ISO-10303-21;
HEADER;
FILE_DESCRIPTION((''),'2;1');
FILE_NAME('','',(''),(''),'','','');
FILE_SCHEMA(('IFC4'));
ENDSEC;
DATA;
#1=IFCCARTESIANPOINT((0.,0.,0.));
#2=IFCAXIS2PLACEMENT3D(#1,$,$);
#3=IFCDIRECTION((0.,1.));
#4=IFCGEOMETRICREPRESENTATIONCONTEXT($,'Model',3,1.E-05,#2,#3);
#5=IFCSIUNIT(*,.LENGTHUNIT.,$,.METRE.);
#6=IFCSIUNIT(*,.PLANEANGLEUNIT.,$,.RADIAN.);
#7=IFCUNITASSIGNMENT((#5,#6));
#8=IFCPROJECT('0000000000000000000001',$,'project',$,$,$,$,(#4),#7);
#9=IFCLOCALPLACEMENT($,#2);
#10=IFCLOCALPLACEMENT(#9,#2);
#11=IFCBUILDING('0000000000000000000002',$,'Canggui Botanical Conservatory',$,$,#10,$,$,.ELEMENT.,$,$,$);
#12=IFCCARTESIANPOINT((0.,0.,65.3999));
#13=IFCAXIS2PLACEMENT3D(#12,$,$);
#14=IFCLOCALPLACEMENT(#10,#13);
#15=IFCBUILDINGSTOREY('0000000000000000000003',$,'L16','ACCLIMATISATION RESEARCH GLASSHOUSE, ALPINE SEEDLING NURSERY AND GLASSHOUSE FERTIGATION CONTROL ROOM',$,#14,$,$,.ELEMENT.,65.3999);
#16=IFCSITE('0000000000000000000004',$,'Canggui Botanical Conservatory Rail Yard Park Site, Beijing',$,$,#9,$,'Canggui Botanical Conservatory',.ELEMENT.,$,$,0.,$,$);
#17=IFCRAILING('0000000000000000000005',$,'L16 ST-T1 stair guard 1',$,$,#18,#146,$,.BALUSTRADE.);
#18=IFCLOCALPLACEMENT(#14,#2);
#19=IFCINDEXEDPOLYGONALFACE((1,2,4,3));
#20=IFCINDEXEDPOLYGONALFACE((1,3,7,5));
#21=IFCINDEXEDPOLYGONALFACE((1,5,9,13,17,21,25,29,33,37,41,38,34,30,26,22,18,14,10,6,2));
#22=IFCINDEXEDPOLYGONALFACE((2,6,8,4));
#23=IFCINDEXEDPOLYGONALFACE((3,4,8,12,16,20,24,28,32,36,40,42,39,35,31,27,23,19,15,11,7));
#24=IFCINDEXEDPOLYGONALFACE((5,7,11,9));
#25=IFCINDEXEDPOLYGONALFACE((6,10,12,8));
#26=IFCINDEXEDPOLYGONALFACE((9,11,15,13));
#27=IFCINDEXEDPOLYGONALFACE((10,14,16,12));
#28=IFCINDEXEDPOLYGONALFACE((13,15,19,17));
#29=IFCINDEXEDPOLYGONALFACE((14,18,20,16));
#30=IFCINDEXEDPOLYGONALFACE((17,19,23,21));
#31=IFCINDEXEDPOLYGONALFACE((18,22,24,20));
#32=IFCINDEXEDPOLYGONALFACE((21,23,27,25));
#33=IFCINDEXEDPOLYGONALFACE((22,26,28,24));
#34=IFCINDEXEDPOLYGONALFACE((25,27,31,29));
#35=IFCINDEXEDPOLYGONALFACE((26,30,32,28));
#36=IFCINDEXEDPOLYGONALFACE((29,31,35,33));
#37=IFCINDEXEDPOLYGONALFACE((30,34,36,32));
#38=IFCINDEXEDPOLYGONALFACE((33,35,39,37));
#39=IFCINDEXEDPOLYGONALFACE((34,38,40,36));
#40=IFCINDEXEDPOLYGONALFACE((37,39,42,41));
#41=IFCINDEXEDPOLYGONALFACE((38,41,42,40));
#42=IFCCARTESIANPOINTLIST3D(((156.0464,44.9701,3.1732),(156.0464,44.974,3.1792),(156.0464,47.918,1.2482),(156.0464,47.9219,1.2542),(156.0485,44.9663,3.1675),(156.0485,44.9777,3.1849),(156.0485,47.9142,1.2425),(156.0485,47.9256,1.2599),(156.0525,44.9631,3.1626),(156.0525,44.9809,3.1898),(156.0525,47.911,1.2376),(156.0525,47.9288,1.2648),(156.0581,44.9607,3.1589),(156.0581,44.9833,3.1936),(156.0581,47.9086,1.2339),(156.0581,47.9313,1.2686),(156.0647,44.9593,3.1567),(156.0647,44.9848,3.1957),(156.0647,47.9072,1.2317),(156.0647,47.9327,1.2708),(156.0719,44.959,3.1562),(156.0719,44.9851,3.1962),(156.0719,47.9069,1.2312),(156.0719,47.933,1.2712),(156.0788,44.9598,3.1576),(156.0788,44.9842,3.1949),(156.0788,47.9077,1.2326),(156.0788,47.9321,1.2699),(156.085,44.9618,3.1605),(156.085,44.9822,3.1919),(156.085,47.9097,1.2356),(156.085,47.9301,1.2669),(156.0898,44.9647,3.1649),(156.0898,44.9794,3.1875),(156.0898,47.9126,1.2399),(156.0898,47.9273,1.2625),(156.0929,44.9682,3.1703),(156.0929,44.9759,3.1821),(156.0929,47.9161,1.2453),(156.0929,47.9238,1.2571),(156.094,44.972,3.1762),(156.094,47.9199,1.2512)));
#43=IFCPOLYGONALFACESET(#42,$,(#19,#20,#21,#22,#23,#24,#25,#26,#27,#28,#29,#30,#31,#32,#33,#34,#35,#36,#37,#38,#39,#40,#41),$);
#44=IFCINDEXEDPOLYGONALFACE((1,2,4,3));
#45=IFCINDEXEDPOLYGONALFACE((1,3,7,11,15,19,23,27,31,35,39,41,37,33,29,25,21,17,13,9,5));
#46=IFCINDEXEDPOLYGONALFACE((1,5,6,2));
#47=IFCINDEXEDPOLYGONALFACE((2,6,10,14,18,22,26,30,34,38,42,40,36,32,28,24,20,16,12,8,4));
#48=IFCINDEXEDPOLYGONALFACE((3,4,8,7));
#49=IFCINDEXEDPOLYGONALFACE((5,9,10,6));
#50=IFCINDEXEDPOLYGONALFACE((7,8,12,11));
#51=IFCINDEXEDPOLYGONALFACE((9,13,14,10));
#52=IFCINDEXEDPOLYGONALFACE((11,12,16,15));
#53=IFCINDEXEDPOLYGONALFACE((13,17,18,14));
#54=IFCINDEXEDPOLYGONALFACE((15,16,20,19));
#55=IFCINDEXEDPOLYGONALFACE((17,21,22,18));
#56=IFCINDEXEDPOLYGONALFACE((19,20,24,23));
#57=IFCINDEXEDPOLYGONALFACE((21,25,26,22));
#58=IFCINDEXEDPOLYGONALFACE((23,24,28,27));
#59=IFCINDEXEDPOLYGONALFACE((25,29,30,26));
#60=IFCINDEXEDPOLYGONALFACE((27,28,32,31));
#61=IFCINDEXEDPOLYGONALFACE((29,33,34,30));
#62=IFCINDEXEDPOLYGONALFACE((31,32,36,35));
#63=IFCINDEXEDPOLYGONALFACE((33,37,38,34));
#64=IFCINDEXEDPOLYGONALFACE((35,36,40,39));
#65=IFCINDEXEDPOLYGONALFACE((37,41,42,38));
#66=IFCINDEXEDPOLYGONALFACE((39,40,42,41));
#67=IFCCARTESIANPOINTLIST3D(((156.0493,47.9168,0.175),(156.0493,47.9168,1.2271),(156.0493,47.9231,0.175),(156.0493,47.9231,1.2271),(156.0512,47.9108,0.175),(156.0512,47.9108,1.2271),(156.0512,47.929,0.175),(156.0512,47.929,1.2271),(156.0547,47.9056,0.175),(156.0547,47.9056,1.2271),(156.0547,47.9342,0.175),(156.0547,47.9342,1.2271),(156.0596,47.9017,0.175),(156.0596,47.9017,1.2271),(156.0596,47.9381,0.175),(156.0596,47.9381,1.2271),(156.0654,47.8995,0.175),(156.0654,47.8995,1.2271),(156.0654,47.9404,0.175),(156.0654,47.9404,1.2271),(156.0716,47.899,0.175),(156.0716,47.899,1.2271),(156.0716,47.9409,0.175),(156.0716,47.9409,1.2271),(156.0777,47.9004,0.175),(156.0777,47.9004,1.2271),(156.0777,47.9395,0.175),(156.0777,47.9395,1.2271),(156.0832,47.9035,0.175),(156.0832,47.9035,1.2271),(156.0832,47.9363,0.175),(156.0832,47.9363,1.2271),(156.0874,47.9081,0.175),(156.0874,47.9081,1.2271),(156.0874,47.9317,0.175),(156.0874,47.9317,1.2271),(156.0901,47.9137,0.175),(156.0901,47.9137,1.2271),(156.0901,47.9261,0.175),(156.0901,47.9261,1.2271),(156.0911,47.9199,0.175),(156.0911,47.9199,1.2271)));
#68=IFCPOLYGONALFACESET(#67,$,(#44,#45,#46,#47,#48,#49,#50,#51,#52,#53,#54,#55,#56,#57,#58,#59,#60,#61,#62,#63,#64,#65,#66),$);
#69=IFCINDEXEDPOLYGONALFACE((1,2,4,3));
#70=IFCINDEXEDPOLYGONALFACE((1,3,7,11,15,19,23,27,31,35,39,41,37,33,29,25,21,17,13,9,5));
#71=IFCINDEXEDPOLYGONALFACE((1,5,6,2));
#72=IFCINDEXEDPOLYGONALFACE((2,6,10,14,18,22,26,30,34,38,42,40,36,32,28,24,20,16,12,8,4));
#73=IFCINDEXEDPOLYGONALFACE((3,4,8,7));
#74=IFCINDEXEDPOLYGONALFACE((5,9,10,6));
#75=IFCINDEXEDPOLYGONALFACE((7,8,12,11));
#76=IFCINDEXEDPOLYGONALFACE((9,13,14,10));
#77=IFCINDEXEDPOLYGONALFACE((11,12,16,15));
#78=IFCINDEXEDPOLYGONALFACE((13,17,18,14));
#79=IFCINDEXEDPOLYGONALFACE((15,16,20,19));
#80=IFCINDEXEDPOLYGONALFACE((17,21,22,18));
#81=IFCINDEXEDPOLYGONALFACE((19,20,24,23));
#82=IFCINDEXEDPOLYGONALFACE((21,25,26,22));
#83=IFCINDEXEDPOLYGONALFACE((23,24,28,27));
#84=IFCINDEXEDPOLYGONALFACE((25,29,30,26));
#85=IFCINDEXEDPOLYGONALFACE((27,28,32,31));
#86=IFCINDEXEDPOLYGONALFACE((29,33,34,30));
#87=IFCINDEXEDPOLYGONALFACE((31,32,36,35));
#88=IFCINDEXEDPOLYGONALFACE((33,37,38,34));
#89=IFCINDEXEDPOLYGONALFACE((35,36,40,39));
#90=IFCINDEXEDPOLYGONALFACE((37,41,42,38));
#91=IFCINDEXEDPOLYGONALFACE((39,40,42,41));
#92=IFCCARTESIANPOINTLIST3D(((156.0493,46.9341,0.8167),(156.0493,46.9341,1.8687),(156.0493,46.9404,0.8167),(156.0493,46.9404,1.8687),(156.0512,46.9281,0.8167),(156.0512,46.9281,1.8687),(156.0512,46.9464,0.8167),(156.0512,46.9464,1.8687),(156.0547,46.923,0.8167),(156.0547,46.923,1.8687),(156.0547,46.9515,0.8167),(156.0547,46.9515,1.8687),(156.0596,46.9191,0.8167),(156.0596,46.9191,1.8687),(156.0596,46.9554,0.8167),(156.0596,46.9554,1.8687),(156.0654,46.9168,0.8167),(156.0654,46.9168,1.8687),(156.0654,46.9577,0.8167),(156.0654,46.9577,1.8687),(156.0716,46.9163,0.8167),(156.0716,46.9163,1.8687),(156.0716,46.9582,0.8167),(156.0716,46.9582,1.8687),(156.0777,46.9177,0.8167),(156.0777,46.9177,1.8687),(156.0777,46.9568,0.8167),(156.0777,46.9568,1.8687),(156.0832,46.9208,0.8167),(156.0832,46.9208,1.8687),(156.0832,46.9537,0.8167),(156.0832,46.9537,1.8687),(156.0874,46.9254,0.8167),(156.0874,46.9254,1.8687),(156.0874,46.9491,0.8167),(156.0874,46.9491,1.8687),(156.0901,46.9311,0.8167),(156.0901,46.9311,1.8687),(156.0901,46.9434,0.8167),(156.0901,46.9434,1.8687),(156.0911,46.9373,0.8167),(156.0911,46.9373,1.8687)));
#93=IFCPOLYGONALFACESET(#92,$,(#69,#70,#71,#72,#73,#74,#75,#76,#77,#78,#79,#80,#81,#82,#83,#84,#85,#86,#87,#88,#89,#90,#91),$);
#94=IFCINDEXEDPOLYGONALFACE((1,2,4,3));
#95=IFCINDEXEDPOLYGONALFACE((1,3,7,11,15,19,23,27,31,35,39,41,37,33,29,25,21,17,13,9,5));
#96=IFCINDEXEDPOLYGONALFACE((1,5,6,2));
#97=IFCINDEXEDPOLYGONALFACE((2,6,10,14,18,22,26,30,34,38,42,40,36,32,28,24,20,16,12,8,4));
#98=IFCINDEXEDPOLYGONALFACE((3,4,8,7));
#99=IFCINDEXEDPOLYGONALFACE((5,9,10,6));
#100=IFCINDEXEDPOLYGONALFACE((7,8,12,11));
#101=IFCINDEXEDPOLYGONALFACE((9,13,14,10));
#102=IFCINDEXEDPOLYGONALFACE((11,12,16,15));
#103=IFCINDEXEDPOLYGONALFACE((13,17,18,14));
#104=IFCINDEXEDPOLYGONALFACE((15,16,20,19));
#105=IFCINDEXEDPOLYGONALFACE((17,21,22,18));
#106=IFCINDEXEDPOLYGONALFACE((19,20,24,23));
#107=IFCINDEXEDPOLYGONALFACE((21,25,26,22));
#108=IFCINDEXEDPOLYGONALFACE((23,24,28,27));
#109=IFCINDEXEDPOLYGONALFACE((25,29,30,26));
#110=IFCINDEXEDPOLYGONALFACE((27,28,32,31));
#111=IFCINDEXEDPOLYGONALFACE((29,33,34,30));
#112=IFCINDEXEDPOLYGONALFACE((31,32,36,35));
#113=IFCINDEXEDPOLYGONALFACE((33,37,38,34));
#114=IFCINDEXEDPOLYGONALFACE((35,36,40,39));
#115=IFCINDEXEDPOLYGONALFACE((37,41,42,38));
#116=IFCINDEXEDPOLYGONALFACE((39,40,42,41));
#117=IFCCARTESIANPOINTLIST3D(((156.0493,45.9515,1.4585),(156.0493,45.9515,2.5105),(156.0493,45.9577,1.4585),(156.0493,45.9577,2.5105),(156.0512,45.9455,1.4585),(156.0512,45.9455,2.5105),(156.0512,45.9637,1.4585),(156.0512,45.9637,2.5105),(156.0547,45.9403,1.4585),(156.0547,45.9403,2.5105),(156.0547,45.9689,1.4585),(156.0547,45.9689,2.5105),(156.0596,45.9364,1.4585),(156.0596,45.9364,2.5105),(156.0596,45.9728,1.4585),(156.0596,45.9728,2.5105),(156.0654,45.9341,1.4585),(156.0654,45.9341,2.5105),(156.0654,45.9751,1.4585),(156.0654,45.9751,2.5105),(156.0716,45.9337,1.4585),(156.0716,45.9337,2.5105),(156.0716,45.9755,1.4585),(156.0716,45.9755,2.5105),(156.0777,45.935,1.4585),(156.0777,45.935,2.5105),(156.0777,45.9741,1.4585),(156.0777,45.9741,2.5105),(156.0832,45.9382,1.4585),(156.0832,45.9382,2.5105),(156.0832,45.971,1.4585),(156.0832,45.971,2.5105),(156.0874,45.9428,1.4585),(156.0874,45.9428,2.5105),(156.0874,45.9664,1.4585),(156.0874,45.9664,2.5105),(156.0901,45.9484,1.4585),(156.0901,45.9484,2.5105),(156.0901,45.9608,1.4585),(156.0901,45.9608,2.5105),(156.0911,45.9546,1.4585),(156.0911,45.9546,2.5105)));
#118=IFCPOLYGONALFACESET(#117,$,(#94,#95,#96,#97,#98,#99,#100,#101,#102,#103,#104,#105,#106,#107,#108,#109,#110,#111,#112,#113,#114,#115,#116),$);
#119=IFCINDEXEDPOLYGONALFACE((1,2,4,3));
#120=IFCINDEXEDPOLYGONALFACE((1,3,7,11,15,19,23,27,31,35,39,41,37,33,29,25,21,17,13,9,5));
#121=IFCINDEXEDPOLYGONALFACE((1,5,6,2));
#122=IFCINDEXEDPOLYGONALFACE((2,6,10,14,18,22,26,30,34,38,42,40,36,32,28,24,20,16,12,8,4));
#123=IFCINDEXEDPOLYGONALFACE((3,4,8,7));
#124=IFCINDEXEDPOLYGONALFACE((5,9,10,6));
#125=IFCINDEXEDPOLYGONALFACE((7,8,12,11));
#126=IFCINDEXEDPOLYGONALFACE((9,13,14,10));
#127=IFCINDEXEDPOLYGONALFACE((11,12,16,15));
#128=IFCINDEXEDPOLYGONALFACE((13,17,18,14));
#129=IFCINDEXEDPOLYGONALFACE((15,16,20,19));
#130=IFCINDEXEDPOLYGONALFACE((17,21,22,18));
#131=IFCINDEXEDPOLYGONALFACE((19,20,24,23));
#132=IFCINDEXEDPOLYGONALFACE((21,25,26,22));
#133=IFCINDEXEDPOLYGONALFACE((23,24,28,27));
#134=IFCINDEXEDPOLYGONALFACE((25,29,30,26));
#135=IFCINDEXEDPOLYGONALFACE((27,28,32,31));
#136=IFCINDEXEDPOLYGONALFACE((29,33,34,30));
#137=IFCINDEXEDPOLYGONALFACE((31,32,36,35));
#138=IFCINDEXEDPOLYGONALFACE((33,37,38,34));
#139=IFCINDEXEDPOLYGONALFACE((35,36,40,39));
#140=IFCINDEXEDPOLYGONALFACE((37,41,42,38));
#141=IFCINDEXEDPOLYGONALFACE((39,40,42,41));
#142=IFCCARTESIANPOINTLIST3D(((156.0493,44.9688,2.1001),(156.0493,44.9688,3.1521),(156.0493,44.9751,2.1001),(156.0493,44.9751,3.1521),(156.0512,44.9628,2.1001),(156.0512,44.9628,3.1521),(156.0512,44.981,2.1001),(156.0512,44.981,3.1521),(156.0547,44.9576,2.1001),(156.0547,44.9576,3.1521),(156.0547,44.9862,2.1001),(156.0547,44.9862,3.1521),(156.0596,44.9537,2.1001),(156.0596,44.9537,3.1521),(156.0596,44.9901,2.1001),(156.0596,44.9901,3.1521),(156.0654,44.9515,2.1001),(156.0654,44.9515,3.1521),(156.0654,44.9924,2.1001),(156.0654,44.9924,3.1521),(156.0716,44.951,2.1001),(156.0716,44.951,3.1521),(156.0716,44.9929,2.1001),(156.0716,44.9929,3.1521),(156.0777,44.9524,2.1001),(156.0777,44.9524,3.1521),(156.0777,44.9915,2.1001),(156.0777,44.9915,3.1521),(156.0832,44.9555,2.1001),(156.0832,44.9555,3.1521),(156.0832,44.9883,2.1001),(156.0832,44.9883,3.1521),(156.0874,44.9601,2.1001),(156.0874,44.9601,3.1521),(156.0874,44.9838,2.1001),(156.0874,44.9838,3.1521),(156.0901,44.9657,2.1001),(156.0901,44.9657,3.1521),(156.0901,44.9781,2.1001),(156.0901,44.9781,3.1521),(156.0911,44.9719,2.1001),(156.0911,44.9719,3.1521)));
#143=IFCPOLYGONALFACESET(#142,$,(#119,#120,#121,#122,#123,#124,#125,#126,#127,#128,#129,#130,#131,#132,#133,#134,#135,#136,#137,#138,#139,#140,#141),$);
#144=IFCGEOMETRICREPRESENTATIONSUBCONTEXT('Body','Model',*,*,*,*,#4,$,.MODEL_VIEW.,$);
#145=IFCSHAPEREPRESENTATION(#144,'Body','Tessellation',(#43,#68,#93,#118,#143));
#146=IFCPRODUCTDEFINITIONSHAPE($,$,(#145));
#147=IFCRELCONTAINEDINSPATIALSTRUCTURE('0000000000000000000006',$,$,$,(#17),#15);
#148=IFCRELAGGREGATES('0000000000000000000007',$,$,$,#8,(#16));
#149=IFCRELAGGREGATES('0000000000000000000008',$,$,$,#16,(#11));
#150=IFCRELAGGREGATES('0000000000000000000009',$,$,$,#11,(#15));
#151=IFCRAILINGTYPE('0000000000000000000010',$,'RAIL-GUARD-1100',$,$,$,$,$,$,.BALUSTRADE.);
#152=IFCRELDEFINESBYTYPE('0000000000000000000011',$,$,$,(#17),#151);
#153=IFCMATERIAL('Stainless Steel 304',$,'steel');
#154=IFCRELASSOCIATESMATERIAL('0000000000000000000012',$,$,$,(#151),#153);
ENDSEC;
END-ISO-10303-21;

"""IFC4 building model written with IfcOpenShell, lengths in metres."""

from ifc_helpers import new_model, si_unit, direction, frame, origin, origin_2d, place, context, subcontext, project, spatial, circle, extrude, material, type_object, element, save


model = new_model("IFC4")

# Units and contexts
model_context = context("Model", 3, precision=1e-05, world=origin(), true_north=direction((0.0, 1.0)))
body_context = subcontext(model_context, "Body", "Model", "MODEL_VIEW")
ifc_project = project(units=[si_unit("LENGTHUNIT", "METRE"), si_unit("PLANEANGLEUNIT", "RADIAN")], contexts=[model_context])

# Site, building, storey
site_placement = place(None, origin())
site = spatial("IfcSite", under=ifc_project, at=site_placement, Name="Canggui Botanical Conservatory Rail Yard Park Site, Beijing", LongName="Canggui Botanical Conservatory", CompositionType="ELEMENT", RefElevation=0.0)
building_placement = place(site_placement, origin())
building = spatial("IfcBuilding", under=site, at=building_placement, Name="Canggui Botanical Conservatory", CompositionType="ELEMENT")
storey_placement = place(building_placement, frame((0.0, 0.0, 65.3999)))
storey = spatial("IfcBuildingStorey", under=building, at=storey_placement, Name="L16", Description="ACCLIMATISATION RESEARCH GLASSHOUSE, ALPINE SEEDLING NURSERY AND GLASSHOUSE FERTIGATION CONTROL ROOM", CompositionType="ELEMENT", Elevation=65.3999)

# Shared definitions
ifc_material_1 = material(Name="Stainless Steel 304", Category="steel")

# Railing
railing_type_1 = type_object("IfcRailingType", Name="RAIL-GUARD-1100", PredefinedType="BALUSTRADE", material=ifc_material_1)
railing_1_placement = place(storey_placement, frame((156.0701, 47.9199, 0.175)))
element("IfcRailing", 1, at=railing_1_placement, inside=storey, type_object=railing_type_1, Name="L16 ST-T1 stair guard 1", PredefinedType="BALUSTRADE", context=body_context, shape_type="SweptSolid", body=[
    extrude(circle(Radius=0.0239, at=origin_2d()), frame((0.0, 0.0, 1.0762), z_axis=(0.0, -0.837293, 0.546754), x_axis=(1.0, 0.0, 0.0)), (0.0, 0.0, 1.0), 3.5208),
    extrude(circle(Radius=0.021, at=origin_2d()), origin(), (0.0, 0.0, 1.0), 1.052),
    extrude(circle(Radius=0.021, at=origin_2d()), frame((0.0, -0.9827, 0.6416)), (0.0, 0.0, 1.0), 1.052),
    extrude(circle(Radius=0.021, at=origin_2d()), frame((0.0, -1.9653, 1.2834)), (0.0, 0.0, 1.0), 1.052),
    extrude(circle(Radius=0.021, at=origin_2d()), frame((0.0, -2.948, 1.925)), (0.0, 0.0, 1.0), 1.052),
])

save(model, "model.ifc")
